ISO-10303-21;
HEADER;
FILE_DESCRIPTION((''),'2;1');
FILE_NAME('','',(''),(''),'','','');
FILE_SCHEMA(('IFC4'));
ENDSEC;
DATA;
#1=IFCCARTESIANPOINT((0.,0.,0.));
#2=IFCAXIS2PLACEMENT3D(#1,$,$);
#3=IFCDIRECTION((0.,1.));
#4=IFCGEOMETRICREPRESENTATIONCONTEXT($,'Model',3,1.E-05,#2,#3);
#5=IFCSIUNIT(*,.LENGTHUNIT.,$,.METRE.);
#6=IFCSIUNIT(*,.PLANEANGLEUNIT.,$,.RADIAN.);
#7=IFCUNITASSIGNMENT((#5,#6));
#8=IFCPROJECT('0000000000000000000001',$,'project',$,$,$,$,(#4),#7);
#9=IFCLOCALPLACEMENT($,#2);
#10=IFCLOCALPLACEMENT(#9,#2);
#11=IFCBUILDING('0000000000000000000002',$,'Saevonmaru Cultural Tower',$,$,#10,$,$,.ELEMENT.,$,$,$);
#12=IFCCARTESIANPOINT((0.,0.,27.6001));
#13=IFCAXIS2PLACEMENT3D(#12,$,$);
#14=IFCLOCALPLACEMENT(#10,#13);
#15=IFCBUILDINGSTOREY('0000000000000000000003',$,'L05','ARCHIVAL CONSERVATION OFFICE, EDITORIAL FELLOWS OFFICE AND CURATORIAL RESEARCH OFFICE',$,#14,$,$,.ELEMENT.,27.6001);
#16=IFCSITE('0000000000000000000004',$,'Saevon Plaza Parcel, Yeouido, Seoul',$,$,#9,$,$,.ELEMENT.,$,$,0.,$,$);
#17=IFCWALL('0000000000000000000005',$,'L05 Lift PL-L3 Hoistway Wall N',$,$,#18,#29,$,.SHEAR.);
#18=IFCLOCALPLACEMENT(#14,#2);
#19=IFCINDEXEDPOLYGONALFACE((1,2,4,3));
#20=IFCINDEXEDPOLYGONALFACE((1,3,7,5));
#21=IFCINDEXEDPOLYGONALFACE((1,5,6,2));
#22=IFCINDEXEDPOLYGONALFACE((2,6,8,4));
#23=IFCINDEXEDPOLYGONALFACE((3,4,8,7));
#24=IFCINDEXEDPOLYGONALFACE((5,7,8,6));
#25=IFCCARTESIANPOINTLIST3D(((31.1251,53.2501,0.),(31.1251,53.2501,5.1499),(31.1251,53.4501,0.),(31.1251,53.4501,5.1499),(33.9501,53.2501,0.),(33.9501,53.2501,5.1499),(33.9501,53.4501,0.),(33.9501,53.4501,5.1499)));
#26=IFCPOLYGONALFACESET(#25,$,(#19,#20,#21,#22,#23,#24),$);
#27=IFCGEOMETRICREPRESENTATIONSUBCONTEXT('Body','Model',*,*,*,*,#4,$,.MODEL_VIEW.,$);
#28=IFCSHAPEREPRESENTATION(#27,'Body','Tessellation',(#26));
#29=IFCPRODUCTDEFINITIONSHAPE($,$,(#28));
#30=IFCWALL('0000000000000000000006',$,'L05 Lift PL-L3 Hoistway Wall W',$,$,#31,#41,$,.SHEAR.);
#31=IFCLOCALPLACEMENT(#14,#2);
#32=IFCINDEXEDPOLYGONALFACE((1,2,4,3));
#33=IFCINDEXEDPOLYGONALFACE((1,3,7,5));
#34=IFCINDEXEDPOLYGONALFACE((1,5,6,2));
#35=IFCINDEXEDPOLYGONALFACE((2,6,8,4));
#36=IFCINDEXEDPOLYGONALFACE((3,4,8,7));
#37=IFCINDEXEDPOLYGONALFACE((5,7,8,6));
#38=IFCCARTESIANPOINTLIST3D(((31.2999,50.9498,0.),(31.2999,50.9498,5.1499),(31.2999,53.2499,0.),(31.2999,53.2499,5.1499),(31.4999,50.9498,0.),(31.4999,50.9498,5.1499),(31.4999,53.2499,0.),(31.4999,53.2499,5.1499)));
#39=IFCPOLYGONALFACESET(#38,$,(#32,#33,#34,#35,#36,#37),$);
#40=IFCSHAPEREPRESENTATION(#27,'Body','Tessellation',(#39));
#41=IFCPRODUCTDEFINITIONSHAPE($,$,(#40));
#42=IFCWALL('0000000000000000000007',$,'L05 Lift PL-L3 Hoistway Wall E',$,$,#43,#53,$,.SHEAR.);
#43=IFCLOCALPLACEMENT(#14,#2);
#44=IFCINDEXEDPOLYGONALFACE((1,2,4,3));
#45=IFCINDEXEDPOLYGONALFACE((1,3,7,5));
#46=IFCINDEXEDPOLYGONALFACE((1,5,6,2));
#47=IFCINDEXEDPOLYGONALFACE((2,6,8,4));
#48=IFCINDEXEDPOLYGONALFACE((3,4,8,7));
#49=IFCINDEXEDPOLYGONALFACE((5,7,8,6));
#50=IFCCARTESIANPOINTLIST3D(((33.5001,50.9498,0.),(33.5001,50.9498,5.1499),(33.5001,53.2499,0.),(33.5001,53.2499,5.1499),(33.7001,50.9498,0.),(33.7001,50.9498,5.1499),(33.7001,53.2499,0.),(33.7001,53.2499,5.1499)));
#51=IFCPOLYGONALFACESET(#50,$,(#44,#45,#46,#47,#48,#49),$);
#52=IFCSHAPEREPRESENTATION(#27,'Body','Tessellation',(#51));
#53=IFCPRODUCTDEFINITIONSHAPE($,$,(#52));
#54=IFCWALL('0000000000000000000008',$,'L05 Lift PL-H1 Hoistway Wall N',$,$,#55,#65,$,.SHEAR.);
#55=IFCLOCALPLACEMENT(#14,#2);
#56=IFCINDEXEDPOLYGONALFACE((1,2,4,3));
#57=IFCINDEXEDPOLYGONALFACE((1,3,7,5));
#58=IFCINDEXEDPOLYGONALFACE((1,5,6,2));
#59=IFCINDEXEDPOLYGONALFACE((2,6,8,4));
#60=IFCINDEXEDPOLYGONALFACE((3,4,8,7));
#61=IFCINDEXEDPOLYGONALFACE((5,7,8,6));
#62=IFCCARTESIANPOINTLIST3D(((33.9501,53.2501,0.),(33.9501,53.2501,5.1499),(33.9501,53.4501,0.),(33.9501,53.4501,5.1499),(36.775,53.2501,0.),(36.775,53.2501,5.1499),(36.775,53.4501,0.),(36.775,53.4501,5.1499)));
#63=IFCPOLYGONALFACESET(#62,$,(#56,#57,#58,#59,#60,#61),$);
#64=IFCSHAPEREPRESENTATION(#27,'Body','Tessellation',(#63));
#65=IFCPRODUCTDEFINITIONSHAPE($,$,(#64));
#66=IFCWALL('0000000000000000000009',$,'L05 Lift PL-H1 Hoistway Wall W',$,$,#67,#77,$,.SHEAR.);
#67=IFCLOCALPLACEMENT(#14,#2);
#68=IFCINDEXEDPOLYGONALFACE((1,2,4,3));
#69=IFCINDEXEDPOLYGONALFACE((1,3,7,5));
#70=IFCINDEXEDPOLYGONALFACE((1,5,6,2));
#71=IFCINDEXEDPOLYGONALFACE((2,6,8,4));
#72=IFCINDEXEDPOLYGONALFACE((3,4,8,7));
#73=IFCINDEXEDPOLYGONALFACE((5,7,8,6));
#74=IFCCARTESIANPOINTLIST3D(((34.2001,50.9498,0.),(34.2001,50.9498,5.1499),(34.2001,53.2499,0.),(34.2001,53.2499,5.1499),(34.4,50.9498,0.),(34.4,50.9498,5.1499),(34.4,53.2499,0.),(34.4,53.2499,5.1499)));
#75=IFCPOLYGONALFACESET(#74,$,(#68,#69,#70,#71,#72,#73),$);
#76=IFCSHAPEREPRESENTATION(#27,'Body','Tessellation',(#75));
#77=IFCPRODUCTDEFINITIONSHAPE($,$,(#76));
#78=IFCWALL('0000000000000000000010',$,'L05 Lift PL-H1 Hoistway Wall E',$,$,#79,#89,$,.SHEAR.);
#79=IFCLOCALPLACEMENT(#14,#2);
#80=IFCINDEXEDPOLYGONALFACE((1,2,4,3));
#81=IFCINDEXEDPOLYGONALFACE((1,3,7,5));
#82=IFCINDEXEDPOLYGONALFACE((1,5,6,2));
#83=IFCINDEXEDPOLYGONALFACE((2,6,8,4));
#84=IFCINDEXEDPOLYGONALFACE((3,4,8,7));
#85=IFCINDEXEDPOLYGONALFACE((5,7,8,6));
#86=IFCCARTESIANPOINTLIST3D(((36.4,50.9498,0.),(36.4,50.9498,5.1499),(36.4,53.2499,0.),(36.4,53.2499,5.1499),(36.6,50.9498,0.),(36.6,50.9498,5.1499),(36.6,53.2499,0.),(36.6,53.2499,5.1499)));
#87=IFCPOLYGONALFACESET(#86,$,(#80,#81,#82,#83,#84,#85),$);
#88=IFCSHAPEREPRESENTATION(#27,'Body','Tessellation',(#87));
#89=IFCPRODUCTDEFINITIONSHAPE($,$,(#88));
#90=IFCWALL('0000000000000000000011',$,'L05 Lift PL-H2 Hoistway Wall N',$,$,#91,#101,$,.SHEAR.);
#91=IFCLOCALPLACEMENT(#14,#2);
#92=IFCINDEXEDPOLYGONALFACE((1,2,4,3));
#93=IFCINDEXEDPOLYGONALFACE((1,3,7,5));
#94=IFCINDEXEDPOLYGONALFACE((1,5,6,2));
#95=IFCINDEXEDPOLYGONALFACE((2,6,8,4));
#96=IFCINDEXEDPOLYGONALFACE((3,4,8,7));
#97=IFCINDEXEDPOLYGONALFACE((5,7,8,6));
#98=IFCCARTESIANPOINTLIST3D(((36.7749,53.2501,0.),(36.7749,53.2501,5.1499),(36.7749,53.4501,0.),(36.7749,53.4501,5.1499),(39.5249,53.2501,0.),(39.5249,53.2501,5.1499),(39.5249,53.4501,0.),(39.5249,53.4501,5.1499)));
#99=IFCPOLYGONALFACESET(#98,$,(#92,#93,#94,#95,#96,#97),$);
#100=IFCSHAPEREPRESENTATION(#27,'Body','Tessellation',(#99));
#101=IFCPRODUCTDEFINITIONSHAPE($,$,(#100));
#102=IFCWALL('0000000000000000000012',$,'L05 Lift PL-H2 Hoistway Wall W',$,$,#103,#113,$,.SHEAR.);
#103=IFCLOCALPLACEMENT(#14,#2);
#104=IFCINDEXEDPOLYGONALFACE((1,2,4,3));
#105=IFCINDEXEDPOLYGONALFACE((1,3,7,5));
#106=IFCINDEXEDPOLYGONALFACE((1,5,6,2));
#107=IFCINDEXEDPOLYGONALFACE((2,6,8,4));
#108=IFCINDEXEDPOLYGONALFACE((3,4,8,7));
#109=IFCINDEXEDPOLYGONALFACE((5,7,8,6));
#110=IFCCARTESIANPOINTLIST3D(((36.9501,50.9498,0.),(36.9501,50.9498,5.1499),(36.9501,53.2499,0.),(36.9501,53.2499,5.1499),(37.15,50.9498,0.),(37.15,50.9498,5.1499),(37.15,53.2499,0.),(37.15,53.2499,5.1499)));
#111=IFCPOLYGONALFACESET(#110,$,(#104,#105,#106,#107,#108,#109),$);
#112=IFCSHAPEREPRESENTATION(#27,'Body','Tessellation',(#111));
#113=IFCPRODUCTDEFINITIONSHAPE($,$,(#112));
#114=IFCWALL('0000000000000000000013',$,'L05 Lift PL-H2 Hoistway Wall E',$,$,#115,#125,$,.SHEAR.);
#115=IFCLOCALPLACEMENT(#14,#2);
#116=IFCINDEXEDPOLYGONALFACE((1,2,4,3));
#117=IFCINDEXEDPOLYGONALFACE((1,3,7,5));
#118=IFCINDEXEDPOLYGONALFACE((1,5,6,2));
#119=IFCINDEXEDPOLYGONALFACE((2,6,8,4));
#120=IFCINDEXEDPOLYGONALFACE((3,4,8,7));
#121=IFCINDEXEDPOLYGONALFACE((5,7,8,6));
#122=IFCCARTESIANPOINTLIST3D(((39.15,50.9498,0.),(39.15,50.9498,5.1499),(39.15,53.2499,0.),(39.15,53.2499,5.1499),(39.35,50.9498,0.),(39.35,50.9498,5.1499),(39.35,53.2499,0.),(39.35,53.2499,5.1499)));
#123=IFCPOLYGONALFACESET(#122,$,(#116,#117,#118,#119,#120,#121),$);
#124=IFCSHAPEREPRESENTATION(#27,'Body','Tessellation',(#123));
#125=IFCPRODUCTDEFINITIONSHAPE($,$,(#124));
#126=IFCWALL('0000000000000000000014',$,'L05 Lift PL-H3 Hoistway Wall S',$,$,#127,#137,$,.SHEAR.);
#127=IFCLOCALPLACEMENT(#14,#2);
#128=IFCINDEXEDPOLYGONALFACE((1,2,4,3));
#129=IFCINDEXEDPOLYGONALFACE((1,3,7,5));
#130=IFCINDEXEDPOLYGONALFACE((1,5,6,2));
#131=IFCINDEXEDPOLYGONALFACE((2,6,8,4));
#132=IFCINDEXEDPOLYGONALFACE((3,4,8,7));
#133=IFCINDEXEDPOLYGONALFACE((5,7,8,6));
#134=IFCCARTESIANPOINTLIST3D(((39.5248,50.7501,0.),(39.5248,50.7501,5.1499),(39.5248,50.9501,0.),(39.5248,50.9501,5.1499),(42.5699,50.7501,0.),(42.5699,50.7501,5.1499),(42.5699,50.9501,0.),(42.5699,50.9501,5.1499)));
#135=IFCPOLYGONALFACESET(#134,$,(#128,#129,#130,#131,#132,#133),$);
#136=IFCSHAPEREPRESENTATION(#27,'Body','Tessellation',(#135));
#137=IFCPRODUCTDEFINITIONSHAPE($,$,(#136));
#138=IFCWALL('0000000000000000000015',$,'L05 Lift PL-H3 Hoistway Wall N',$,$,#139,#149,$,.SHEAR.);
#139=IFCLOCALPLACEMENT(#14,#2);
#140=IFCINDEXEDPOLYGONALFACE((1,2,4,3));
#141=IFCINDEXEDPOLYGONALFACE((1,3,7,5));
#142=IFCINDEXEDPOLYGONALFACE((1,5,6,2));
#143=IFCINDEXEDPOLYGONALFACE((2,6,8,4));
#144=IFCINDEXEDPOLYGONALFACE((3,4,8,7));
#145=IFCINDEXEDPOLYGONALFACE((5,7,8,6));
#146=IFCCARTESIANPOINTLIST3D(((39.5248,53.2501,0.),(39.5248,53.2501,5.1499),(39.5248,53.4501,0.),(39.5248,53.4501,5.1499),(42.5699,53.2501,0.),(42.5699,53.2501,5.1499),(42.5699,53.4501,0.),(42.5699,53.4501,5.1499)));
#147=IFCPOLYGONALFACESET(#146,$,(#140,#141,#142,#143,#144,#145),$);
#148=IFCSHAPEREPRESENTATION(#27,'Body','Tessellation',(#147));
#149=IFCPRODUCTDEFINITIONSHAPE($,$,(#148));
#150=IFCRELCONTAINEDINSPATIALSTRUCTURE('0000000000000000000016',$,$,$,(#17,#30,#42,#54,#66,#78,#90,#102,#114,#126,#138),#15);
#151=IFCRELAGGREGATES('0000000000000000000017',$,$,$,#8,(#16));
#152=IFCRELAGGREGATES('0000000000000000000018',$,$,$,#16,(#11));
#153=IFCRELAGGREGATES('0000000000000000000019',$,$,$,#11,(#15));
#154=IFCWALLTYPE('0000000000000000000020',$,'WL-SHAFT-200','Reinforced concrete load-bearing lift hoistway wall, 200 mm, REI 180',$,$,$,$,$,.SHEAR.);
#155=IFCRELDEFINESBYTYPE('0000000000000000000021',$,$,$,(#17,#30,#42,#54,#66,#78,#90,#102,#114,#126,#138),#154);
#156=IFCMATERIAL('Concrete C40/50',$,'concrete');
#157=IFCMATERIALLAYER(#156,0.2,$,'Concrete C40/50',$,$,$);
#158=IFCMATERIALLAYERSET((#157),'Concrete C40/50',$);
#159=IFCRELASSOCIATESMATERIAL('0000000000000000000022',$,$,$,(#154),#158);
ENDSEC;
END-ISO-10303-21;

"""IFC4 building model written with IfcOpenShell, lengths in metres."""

from ifc_helpers import new_model, si_unit, direction, frame, frame_2d, origin, place, context, subcontext, project, spatial, rectangle, extrude, material, layer, layer_set, type_object, element, save


model = new_model("IFC4")

# Units and contexts
model_context = context("Model", 3, precision=1e-05, world=origin(), true_north=direction((0.0, 1.0)))
body_context = subcontext(model_context, "Body", "Model", "MODEL_VIEW")
ifc_project = project(units=[si_unit("LENGTHUNIT", "METRE"), si_unit("PLANEANGLEUNIT", "RADIAN")], contexts=[model_context])

# Site, building, storey
site_placement = place(None, origin())
site = spatial("IfcSite", under=ifc_project, at=site_placement, Name="Saevon Plaza Parcel, Yeouido, Seoul", CompositionType="ELEMENT", RefElevation=0.0)
building_placement = place(site_placement, origin())
building = spatial("IfcBuilding", under=site, at=building_placement, Name="Saevonmaru Cultural Tower", CompositionType="ELEMENT")
storey_placement = place(building_placement, frame((0.0, 0.0, 27.6001)))
storey = spatial("IfcBuildingStorey", under=building, at=storey_placement, Name="L05", Description="ARCHIVAL CONSERVATION OFFICE, EDITORIAL FELLOWS OFFICE AND CURATORIAL RESEARCH OFFICE", CompositionType="ELEMENT", Elevation=27.6001)

# Walls
ifc_material_1 = material(Name="Concrete C40/50", Category="concrete")
ifc_layer_1 = layer(ifc_material_1, 0.2, Name="Concrete C40/50")
ifc_layer_set_1 = layer_set([ifc_layer_1], Name="Concrete C40/50")
wall_type = type_object("IfcWallType", Name="WL-SHAFT-200", Description="Reinforced concrete load-bearing lift hoistway wall, 200 mm, REI 180", PredefinedType="SHEAR", material=ifc_layer_set_1)
wall_1_placement = place(storey_placement, frame((31.125, 53.3501, 0.0), z_axis=(0.0, 0.0, 1.0), x_axis=(1.0, 0.0, 0.0)))
element("IfcWall", 1, at=wall_1_placement, inside=storey, type_object=wall_type, Name="L05 Lift PL-L3 Hoistway Wall N", PredefinedType="SHEAR", context=body_context, shape_type="SweptSolid", body=[
    extrude(rectangle(XDim=2.825, YDim=0.2, at=frame_2d((1.4126, 0.0))), origin(), (0.0, 0.0, 1.0), 5.1499),
])
for number, where, z_axis, x_axis, name in (
    (2, (31.3999, 50.95, 0.0), (0.0, 0.0, 1.0), (0.0, 1.0, 0.0), "L05 Lift PL-L3 Hoistway Wall W"),
    (3, (33.6001, 50.95, 0.0), (0.0, 0.0, 1.0), (0.0, 1.0, 0.0), "L05 Lift PL-L3 Hoistway Wall E"),
):
    element("IfcWall", number, at=place(storey_placement, frame(where, z_axis=z_axis, x_axis=x_axis)), inside=storey, type_object=wall_type, Name=name, PredefinedType="SHEAR", context=body_context, shape_type="SweptSolid", body=[
        extrude(rectangle(XDim=2.3, YDim=0.2, at=frame_2d((1.1499, 0.0))), origin(), (0.0, 0.0, 1.0), 5.1499),
    ])
wall_2_placement = place(storey_placement, frame((33.95, 53.3501, 0.0), z_axis=(0.0, 0.0, 1.0), x_axis=(1.0, 0.0, 0.0)))
element("IfcWall", 4, at=wall_2_placement, inside=storey, type_object=wall_type, Name="L05 Lift PL-H1 Hoistway Wall N", PredefinedType="SHEAR", context=body_context, shape_type="SweptSolid", body=[
    extrude(rectangle(XDim=2.825, YDim=0.2, at=frame_2d((1.4126, 0.0))), origin(), (0.0, 0.0, 1.0), 5.1499),
])
for number, where, z_axis, x_axis, name in (
    (5, (34.3, 50.95, 0.0), (0.0, 0.0, 1.0), (0.0, 1.0, 0.0), "L05 Lift PL-H1 Hoistway Wall W"),
    (6, (36.5, 50.95, 0.0), (0.0, 0.0, 1.0), (0.0, 1.0, 0.0), "L05 Lift PL-H1 Hoistway Wall E"),
):
    element("IfcWall", number, at=place(storey_placement, frame(where, z_axis=z_axis, x_axis=x_axis)), inside=storey, type_object=wall_type, Name=name, PredefinedType="SHEAR", context=body_context, shape_type="SweptSolid", body=[
        extrude(rectangle(XDim=2.3, YDim=0.2, at=frame_2d((1.1499, 0.0))), origin(), (0.0, 0.0, 1.0), 5.1499),
    ])
wall_3_placement = place(storey_placement, frame((36.7749, 53.3501, 0.0), z_axis=(0.0, 0.0, 1.0), x_axis=(1.0, 0.0, 0.0)))
element("IfcWall", 7, at=wall_3_placement, inside=storey, type_object=wall_type, Name="L05 Lift PL-H2 Hoistway Wall N", PredefinedType="SHEAR", context=body_context, shape_type="SweptSolid", body=[
    extrude(rectangle(XDim=2.75, YDim=0.2, at=frame_2d((1.375, 0.0))), origin(), (0.0, 0.0, 1.0), 5.1499),
])
for number, where, z_axis, x_axis, name in (
    (8, (37.05, 50.95, 0.0), (0.0, 0.0, 1.0), (0.0, 1.0, 0.0), "L05 Lift PL-H2 Hoistway Wall W"),
    (9, (39.25, 50.95, 0.0), (0.0, 0.0, 1.0), (0.0, 1.0, 0.0), "L05 Lift PL-H2 Hoistway Wall E"),
):
    element("IfcWall", number, at=place(storey_placement, frame(where, z_axis=z_axis, x_axis=x_axis)), inside=storey, type_object=wall_type, Name=name, PredefinedType="SHEAR", context=body_context, shape_type="SweptSolid", body=[
        extrude(rectangle(XDim=2.3, YDim=0.2, at=frame_2d((1.1499, 0.0))), origin(), (0.0, 0.0, 1.0), 5.1499),
    ])
for number, where, z_axis, x_axis, name in (
    (10, (39.5249, 50.8501, 0.0), (0.0, 0.0, 1.0), (1.0, 0.0, 0.0), "L05 Lift PL-H3 Hoistway Wall S"),
    (11, (39.5249, 53.3501, 0.0), (0.0, 0.0, 1.0), (1.0, 0.0, 0.0), "L05 Lift PL-H3 Hoistway Wall N"),
):
    element("IfcWall", number, at=place(storey_placement, frame(where, z_axis=z_axis, x_axis=x_axis)), inside=storey, type_object=wall_type, Name=name, PredefinedType="SHEAR", context=body_context, shape_type="SweptSolid", body=[
        extrude(rectangle(XDim=3.0452, YDim=0.2, at=frame_2d((1.5225, 0.0))), origin(), (0.0, 0.0, 1.0), 5.1499),
    ])

save(model, "model.ifc")
